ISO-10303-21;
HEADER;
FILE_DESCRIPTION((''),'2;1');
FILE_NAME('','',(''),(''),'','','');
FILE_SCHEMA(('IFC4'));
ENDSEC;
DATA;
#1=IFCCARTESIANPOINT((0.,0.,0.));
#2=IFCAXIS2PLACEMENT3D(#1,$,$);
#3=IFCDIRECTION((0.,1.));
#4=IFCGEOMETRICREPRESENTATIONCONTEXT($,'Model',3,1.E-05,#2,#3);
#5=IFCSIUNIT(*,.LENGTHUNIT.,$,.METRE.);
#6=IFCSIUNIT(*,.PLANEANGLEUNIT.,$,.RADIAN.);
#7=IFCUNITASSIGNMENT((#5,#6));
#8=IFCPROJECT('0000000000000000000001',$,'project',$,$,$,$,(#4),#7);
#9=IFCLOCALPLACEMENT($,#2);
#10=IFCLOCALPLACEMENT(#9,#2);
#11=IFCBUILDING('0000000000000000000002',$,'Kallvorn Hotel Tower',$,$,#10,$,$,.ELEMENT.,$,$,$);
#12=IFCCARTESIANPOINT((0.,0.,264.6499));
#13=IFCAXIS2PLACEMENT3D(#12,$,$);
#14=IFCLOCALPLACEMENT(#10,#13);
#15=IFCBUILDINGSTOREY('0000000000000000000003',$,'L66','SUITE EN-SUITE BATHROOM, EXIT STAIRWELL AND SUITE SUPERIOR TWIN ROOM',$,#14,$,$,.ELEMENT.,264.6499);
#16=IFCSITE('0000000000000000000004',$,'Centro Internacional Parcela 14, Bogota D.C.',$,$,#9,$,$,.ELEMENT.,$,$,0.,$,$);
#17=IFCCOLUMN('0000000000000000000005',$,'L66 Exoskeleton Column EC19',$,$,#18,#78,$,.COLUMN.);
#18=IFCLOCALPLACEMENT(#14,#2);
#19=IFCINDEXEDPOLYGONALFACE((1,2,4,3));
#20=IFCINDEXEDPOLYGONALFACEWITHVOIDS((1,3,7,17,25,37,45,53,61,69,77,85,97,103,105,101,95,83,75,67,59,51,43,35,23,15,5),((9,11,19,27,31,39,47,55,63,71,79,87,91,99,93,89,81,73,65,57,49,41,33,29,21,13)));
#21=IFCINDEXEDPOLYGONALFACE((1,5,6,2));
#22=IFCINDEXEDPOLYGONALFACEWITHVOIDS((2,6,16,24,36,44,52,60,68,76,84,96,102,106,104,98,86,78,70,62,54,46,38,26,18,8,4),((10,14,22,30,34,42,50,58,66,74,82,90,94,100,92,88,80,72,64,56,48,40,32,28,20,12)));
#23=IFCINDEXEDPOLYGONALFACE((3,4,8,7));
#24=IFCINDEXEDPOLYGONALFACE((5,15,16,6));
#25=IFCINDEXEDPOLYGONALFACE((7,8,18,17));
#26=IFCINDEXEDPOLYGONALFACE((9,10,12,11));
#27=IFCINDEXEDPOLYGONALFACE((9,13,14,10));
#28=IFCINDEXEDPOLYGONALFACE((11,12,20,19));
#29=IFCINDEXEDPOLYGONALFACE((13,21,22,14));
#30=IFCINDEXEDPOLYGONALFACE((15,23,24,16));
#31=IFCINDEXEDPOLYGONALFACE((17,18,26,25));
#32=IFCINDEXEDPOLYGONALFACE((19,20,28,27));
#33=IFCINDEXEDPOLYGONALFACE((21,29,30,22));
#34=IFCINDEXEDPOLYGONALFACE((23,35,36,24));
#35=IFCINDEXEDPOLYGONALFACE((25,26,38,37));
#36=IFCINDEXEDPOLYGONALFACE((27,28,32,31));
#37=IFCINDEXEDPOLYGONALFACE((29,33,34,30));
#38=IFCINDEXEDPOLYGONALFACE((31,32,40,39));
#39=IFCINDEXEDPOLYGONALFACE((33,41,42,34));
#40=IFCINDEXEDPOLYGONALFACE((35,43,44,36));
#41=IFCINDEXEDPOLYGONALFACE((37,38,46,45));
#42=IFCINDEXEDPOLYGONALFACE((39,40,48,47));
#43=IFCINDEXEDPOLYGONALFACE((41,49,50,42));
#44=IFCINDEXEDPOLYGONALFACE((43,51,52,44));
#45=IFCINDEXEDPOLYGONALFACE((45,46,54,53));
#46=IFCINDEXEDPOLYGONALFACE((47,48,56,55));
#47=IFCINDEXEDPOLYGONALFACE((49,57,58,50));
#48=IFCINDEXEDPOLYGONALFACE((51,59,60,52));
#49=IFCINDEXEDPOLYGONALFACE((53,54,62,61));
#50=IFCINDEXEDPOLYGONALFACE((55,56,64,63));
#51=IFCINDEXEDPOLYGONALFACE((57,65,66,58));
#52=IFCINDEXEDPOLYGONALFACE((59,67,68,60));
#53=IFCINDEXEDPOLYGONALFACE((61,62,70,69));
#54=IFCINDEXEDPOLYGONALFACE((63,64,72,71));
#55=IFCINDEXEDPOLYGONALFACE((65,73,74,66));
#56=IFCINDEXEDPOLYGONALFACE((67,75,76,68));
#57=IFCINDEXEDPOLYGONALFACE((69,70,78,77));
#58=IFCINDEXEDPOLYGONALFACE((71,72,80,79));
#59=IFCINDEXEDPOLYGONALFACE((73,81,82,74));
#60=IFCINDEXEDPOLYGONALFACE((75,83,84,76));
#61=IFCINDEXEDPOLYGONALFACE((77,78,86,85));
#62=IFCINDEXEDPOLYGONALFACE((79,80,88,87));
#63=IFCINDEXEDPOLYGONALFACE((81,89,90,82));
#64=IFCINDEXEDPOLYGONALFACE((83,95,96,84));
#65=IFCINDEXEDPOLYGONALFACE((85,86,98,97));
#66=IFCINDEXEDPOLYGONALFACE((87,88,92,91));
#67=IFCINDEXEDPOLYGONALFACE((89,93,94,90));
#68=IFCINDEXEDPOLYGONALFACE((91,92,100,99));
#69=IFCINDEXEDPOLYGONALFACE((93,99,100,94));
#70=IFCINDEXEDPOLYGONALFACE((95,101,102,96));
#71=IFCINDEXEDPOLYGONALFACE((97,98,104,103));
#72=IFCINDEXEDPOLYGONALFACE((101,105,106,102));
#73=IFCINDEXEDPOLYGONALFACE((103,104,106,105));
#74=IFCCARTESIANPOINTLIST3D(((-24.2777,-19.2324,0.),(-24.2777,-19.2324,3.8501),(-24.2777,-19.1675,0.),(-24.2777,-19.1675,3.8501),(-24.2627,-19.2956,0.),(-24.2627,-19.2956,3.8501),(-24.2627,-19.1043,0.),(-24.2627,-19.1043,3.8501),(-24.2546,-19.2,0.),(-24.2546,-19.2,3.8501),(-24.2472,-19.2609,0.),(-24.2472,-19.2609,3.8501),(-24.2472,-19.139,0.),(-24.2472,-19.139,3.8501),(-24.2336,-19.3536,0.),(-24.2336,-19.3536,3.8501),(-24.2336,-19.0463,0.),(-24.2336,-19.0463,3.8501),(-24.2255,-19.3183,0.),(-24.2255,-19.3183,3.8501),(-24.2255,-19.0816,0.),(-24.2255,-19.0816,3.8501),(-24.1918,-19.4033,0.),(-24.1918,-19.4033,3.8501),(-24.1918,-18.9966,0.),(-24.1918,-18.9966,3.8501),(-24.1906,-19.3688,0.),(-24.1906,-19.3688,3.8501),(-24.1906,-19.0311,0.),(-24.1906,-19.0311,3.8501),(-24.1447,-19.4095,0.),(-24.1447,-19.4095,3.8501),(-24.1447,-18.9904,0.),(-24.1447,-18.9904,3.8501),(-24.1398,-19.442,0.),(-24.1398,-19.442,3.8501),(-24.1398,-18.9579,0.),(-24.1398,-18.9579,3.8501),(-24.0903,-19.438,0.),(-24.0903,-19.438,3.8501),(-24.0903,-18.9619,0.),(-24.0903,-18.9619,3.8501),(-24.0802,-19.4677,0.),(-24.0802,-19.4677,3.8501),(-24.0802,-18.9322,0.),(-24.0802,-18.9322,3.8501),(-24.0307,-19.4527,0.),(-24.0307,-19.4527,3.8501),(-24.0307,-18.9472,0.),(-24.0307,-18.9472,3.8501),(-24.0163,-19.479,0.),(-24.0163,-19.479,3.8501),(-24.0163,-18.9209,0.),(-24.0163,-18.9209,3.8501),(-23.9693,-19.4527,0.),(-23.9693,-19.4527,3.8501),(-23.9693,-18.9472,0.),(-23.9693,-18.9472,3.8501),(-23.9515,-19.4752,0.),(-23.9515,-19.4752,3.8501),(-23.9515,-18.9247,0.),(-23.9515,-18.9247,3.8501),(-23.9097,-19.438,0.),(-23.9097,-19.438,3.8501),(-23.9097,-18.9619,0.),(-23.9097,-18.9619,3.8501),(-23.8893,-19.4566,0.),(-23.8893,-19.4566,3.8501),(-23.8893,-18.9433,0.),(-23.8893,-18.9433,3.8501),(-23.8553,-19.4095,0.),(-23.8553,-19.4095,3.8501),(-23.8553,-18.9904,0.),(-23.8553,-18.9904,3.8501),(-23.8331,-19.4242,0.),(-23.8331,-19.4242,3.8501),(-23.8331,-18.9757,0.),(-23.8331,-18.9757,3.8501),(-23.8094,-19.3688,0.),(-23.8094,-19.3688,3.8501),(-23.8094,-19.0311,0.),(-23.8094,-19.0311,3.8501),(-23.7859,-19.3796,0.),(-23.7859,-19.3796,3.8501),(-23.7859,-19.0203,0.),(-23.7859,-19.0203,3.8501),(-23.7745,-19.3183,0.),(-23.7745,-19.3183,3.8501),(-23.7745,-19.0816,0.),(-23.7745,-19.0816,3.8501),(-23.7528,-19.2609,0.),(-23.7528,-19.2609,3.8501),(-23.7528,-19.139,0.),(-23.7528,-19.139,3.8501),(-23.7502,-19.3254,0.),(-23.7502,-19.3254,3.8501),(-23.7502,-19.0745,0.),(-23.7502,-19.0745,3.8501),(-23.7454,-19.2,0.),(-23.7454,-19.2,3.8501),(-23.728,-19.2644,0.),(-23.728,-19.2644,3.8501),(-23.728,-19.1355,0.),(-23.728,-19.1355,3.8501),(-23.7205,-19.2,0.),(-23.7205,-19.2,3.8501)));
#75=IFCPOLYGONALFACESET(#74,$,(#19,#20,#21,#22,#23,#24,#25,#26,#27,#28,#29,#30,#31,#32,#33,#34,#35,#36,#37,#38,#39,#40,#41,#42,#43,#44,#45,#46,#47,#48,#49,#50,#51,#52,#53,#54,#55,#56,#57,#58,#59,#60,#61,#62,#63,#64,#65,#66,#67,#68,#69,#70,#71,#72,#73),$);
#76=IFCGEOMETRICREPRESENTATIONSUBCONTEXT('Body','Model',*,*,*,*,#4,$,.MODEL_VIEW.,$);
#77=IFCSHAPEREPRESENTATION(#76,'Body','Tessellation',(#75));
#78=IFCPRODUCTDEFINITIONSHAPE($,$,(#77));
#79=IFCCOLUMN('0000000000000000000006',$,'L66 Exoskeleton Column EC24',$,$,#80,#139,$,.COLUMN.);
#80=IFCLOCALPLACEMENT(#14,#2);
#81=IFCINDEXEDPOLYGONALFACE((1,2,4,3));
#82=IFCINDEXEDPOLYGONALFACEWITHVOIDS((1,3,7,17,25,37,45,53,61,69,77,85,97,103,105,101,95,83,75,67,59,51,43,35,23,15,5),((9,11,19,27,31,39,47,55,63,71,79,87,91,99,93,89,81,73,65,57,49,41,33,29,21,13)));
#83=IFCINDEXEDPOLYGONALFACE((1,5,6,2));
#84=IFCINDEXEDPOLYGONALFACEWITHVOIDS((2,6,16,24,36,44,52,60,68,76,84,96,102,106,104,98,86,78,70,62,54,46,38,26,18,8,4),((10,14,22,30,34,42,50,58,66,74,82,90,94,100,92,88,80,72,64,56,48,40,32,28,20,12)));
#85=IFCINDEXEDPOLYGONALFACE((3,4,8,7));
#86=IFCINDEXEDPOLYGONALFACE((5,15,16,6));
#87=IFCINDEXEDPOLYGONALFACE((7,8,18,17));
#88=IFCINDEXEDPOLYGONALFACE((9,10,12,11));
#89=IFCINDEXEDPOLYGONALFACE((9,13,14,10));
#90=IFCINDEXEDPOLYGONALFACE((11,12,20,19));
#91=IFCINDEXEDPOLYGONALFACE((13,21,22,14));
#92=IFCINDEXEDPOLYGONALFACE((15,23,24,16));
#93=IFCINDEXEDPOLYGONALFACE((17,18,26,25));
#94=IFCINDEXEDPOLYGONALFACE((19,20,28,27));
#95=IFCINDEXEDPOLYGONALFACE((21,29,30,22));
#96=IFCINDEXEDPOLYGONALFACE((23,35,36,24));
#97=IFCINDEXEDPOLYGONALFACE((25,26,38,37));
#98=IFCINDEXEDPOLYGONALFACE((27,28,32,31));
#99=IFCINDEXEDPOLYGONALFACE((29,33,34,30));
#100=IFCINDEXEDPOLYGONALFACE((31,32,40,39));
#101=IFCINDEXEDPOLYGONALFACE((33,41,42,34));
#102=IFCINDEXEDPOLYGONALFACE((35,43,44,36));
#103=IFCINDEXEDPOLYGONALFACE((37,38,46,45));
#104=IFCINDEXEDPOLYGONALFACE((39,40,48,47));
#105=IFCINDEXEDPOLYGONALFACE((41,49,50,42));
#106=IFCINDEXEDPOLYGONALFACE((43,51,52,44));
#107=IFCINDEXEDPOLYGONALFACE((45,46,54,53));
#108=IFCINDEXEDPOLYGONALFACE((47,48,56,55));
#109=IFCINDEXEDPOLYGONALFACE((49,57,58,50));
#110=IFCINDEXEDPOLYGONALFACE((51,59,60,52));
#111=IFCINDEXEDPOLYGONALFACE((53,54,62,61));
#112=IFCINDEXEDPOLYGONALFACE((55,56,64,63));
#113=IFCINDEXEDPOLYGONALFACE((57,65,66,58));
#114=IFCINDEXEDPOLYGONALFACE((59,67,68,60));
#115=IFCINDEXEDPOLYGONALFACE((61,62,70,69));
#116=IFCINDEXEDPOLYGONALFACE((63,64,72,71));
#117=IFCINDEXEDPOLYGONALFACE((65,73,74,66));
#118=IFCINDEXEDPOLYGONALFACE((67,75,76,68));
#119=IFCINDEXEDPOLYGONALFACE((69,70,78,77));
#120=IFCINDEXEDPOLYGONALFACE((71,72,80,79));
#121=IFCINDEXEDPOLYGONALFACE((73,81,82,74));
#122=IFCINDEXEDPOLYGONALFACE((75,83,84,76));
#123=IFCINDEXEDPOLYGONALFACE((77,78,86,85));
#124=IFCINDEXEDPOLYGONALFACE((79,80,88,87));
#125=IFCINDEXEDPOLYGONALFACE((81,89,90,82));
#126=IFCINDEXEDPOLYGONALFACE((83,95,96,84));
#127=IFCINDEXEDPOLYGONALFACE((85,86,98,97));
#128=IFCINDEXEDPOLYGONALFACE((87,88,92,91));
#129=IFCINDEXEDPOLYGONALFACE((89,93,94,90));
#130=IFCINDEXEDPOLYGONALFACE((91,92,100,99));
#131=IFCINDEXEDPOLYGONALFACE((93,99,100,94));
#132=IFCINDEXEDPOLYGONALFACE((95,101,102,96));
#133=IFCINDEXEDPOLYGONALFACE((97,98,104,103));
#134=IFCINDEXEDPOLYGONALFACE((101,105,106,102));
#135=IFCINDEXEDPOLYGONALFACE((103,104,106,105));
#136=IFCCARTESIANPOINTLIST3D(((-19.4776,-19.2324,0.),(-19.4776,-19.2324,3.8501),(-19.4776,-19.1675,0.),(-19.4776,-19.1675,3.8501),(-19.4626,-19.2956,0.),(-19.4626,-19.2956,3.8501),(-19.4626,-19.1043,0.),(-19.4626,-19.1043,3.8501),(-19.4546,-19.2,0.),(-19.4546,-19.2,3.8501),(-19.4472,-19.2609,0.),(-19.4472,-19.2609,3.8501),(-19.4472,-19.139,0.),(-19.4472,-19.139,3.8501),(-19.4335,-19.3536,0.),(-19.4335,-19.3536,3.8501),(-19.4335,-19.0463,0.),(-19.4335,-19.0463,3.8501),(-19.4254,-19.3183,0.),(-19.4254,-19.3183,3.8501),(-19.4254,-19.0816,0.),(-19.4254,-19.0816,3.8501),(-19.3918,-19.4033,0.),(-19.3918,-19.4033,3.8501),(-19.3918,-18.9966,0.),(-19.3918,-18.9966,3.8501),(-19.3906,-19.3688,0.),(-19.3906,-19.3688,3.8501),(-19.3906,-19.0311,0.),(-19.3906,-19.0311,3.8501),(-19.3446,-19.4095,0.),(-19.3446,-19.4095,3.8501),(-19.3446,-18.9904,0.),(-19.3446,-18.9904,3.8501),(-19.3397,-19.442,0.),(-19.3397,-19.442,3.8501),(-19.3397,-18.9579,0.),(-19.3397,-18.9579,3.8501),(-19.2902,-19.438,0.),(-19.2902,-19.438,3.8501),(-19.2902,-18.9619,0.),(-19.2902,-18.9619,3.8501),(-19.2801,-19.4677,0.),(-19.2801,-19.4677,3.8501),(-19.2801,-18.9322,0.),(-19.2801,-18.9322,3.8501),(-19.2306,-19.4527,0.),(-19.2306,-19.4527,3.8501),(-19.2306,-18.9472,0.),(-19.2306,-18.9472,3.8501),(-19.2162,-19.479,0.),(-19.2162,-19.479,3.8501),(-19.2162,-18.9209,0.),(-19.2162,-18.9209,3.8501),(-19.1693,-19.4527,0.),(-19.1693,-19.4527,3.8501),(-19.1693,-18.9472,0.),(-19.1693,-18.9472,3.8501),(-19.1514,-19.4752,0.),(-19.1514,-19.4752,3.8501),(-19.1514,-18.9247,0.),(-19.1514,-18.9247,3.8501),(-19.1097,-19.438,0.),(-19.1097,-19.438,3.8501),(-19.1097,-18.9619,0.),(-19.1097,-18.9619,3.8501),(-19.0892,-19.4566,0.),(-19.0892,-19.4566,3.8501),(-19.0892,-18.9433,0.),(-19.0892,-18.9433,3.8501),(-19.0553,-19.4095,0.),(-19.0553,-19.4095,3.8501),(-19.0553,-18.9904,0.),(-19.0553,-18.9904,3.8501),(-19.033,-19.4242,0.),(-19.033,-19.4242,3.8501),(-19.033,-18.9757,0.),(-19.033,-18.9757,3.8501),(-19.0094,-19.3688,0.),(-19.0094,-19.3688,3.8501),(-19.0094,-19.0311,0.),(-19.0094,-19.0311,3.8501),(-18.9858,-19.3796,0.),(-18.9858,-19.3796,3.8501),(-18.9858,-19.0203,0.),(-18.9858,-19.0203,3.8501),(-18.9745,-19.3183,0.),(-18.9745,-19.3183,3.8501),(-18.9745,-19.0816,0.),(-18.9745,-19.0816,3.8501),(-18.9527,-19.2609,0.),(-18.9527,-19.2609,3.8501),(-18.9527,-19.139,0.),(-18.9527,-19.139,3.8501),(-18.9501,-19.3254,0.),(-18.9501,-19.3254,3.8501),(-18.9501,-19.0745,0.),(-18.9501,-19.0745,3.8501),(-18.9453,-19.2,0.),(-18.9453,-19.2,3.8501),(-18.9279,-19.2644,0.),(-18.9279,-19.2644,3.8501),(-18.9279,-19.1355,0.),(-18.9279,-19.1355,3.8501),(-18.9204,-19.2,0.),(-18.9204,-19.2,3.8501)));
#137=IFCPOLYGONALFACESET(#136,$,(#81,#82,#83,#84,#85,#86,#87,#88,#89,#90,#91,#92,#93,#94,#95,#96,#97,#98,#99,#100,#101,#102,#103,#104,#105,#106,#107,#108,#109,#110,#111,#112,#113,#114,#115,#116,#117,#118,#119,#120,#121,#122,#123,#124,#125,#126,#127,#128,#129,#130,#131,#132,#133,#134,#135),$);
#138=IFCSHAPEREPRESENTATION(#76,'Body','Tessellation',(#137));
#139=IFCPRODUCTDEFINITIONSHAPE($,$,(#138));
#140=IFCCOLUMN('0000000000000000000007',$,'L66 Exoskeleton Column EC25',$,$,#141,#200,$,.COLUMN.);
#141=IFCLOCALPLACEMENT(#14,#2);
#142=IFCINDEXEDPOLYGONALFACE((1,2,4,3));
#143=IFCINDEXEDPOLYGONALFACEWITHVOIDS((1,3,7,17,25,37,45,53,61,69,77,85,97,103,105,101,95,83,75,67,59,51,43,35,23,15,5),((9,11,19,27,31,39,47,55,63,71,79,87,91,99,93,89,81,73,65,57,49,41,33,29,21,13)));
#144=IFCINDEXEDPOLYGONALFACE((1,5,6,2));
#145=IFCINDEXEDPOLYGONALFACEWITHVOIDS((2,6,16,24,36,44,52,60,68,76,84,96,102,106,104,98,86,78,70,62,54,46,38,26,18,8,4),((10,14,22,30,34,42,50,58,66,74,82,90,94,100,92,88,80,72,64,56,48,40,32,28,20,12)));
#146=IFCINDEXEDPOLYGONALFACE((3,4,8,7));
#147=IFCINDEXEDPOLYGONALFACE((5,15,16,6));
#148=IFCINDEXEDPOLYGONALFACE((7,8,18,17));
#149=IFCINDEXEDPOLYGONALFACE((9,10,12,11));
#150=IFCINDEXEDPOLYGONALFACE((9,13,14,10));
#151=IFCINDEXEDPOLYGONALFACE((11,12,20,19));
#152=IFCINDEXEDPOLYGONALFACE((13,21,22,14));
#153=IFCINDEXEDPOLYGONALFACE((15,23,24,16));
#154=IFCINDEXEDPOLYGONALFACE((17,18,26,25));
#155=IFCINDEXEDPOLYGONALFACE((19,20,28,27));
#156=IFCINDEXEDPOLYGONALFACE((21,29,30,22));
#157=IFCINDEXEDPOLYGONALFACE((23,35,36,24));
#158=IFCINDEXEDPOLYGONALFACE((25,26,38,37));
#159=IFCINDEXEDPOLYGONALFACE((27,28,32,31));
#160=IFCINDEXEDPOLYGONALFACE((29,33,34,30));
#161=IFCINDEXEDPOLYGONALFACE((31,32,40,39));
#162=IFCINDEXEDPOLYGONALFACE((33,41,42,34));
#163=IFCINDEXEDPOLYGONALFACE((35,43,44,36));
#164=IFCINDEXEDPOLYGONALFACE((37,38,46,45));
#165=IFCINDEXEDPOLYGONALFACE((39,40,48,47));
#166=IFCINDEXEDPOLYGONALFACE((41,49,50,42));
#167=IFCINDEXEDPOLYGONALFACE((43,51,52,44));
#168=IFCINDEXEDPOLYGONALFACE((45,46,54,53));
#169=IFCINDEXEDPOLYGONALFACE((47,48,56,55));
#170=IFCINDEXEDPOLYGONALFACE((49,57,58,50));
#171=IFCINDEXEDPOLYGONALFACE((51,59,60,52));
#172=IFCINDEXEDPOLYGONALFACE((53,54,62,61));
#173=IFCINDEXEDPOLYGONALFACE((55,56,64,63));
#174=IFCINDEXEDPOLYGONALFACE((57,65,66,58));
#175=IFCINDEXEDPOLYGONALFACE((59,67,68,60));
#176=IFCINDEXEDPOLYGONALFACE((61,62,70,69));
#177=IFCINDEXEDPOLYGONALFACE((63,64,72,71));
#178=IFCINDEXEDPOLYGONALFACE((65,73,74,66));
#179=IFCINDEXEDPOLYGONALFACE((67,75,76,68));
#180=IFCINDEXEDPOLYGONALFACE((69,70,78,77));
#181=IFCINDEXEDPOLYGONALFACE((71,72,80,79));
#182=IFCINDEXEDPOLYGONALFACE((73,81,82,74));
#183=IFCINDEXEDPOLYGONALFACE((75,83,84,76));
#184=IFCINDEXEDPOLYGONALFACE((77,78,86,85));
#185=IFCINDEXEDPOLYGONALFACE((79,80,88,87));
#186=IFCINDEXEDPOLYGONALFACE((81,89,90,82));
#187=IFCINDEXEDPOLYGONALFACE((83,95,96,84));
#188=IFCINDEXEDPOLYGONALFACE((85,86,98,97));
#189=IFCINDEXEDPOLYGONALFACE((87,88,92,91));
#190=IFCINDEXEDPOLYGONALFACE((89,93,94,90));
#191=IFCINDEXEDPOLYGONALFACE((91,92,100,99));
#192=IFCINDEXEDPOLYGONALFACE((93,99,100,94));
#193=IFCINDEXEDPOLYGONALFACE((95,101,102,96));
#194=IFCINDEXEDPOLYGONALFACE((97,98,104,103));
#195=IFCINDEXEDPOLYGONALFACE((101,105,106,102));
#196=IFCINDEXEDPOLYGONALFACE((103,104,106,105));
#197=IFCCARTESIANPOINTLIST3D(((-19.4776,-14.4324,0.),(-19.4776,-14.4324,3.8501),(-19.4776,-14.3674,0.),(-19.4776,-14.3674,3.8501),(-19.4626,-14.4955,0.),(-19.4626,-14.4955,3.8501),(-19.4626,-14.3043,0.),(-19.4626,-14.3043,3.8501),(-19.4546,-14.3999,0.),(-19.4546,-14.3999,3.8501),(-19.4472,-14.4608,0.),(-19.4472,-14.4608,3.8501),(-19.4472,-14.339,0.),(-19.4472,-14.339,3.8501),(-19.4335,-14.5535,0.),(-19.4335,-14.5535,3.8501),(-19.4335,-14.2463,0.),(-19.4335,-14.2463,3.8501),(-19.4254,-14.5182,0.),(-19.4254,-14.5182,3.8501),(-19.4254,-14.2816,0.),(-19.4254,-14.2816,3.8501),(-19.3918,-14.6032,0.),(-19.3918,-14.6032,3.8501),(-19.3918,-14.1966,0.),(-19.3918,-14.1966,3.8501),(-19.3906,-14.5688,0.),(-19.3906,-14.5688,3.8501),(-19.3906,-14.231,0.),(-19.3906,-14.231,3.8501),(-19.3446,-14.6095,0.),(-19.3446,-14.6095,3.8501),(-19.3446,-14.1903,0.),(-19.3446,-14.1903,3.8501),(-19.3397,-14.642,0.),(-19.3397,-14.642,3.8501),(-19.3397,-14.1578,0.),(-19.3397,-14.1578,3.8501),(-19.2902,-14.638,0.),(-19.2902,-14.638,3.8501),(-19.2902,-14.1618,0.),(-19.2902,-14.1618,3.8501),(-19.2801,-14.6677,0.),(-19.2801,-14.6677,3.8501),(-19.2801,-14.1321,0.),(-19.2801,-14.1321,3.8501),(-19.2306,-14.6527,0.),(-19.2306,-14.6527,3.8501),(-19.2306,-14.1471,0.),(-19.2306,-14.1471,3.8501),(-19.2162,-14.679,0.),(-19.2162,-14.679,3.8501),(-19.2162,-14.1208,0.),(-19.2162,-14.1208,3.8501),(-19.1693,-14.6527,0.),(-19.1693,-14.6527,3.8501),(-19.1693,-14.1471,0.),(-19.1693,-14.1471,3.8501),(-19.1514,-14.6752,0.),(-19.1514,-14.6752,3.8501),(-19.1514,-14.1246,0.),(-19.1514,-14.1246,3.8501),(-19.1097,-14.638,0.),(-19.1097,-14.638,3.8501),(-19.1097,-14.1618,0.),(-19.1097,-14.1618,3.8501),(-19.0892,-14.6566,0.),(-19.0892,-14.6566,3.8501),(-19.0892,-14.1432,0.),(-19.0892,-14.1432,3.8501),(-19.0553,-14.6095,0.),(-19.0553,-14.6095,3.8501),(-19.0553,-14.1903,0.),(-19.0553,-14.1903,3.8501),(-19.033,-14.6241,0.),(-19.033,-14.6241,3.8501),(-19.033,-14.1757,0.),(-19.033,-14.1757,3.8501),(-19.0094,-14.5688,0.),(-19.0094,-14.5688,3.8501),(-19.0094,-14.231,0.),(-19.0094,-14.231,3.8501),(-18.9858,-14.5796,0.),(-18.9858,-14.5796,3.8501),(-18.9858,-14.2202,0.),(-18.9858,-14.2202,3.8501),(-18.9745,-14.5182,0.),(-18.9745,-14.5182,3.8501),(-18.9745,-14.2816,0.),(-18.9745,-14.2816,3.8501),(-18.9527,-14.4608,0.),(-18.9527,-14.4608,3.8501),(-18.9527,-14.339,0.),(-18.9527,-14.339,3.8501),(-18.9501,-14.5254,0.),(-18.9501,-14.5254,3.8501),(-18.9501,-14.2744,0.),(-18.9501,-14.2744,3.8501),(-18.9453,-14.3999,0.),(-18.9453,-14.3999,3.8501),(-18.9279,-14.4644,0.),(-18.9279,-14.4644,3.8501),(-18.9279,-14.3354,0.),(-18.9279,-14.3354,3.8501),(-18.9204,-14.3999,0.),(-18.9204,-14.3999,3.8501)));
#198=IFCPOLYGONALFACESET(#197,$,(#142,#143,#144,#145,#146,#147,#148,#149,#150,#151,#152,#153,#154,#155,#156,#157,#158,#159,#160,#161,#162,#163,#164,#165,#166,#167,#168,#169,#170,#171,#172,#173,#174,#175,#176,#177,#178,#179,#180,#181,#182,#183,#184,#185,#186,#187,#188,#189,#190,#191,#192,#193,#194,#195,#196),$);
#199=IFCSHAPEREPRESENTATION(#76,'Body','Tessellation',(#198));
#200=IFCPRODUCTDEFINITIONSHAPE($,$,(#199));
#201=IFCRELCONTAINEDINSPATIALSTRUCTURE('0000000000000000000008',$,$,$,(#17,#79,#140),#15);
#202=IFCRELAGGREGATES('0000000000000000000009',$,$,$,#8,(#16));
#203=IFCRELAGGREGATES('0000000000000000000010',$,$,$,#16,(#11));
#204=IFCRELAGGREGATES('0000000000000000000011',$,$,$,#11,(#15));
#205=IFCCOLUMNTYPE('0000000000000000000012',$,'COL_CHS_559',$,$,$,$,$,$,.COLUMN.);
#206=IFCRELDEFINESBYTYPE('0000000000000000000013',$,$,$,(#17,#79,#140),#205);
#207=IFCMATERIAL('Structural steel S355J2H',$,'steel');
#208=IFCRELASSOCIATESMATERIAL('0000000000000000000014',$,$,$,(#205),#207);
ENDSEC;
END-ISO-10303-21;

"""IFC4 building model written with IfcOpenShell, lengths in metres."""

from ifc_helpers import new_model, si_unit, direction, frame, origin, origin_2d, place, context, subcontext, project, spatial, hollow_circle, extrude, material, material_profile, profile_set, type_object, element, save


model = new_model("IFC4")

# Units and contexts
model_context = context("Model", 3, precision=1e-05, world=origin(), true_north=direction((0.0, 1.0)))
body_context = subcontext(model_context, "Body", "Model", "MODEL_VIEW")
ifc_project = project(units=[si_unit("LENGTHUNIT", "METRE"), si_unit("PLANEANGLEUNIT", "RADIAN")], contexts=[model_context])

# Site, building, storey
site_placement = place(None, origin())
site = spatial("IfcSite", under=ifc_project, at=site_placement, Name="Centro Internacional Parcela 14, Bogota D.C.", CompositionType="ELEMENT", RefElevation=0.0)
building_placement = place(site_placement, origin())
building = spatial("IfcBuilding", under=site, at=building_placement, Name="Kallvorn Hotel Tower", CompositionType="ELEMENT")
storey_placement = place(building_placement, frame((0.0, 0.0, 264.6499)))
storey = spatial("IfcBuildingStorey", under=building, at=storey_placement, Name="L66", Description="SUITE EN-SUITE BATHROOM, EXIT STAIRWELL AND SUITE SUPERIOR TWIN ROOM", CompositionType="ELEMENT", Elevation=264.6499)

# Columns
ifc_material_1 = material(Name="Structural steel S355J2H", Category="steel")
ifc_material_profile_1 = material_profile(ifc_material_1, hollow_circle(Radius=0.2795, WallThickness=0.0249, at=origin_2d()), Name="CHS 559x25")
ifc_profile_set_1 = profile_set([ifc_material_profile_1], Name="Structural steel S355J2H")
column_type_1 = type_object("IfcColumnType", Name="COL_CHS_559", PredefinedType="COLUMN", material=ifc_profile_set_1)
for number, where, z_axis, x_axis, name in (
    (1, (-24.0, -19.2, 0.0), (0.0, 0.0, 1.0), (1.0, 0.0, 0.0), "L66 Exoskeleton Column EC19"),
    (2, (-19.2, -19.2, 0.0), (0.0, 0.0, 1.0), (1.0, 0.0, 0.0), "L66 Exoskeleton Column EC24"),
    (3, (-19.2, -14.3999, 0.0), (0.0, 0.0, 1.0), (1.0, 0.0, 0.0), "L66 Exoskeleton Column EC25"),
):
    element("IfcColumn", number, at=place(storey_placement, frame(where, z_axis=z_axis, x_axis=x_axis)), inside=storey, type_object=column_type_1, Name=name, PredefinedType="COLUMN", context=body_context, shape_type="SweptSolid", body=[
        extrude(hollow_circle(Radius=0.2795, WallThickness=0.0249, at=origin_2d()), origin(), (0.0, 0.0, 1.0), 3.8501),
    ])

save(model, "model.ifc")
